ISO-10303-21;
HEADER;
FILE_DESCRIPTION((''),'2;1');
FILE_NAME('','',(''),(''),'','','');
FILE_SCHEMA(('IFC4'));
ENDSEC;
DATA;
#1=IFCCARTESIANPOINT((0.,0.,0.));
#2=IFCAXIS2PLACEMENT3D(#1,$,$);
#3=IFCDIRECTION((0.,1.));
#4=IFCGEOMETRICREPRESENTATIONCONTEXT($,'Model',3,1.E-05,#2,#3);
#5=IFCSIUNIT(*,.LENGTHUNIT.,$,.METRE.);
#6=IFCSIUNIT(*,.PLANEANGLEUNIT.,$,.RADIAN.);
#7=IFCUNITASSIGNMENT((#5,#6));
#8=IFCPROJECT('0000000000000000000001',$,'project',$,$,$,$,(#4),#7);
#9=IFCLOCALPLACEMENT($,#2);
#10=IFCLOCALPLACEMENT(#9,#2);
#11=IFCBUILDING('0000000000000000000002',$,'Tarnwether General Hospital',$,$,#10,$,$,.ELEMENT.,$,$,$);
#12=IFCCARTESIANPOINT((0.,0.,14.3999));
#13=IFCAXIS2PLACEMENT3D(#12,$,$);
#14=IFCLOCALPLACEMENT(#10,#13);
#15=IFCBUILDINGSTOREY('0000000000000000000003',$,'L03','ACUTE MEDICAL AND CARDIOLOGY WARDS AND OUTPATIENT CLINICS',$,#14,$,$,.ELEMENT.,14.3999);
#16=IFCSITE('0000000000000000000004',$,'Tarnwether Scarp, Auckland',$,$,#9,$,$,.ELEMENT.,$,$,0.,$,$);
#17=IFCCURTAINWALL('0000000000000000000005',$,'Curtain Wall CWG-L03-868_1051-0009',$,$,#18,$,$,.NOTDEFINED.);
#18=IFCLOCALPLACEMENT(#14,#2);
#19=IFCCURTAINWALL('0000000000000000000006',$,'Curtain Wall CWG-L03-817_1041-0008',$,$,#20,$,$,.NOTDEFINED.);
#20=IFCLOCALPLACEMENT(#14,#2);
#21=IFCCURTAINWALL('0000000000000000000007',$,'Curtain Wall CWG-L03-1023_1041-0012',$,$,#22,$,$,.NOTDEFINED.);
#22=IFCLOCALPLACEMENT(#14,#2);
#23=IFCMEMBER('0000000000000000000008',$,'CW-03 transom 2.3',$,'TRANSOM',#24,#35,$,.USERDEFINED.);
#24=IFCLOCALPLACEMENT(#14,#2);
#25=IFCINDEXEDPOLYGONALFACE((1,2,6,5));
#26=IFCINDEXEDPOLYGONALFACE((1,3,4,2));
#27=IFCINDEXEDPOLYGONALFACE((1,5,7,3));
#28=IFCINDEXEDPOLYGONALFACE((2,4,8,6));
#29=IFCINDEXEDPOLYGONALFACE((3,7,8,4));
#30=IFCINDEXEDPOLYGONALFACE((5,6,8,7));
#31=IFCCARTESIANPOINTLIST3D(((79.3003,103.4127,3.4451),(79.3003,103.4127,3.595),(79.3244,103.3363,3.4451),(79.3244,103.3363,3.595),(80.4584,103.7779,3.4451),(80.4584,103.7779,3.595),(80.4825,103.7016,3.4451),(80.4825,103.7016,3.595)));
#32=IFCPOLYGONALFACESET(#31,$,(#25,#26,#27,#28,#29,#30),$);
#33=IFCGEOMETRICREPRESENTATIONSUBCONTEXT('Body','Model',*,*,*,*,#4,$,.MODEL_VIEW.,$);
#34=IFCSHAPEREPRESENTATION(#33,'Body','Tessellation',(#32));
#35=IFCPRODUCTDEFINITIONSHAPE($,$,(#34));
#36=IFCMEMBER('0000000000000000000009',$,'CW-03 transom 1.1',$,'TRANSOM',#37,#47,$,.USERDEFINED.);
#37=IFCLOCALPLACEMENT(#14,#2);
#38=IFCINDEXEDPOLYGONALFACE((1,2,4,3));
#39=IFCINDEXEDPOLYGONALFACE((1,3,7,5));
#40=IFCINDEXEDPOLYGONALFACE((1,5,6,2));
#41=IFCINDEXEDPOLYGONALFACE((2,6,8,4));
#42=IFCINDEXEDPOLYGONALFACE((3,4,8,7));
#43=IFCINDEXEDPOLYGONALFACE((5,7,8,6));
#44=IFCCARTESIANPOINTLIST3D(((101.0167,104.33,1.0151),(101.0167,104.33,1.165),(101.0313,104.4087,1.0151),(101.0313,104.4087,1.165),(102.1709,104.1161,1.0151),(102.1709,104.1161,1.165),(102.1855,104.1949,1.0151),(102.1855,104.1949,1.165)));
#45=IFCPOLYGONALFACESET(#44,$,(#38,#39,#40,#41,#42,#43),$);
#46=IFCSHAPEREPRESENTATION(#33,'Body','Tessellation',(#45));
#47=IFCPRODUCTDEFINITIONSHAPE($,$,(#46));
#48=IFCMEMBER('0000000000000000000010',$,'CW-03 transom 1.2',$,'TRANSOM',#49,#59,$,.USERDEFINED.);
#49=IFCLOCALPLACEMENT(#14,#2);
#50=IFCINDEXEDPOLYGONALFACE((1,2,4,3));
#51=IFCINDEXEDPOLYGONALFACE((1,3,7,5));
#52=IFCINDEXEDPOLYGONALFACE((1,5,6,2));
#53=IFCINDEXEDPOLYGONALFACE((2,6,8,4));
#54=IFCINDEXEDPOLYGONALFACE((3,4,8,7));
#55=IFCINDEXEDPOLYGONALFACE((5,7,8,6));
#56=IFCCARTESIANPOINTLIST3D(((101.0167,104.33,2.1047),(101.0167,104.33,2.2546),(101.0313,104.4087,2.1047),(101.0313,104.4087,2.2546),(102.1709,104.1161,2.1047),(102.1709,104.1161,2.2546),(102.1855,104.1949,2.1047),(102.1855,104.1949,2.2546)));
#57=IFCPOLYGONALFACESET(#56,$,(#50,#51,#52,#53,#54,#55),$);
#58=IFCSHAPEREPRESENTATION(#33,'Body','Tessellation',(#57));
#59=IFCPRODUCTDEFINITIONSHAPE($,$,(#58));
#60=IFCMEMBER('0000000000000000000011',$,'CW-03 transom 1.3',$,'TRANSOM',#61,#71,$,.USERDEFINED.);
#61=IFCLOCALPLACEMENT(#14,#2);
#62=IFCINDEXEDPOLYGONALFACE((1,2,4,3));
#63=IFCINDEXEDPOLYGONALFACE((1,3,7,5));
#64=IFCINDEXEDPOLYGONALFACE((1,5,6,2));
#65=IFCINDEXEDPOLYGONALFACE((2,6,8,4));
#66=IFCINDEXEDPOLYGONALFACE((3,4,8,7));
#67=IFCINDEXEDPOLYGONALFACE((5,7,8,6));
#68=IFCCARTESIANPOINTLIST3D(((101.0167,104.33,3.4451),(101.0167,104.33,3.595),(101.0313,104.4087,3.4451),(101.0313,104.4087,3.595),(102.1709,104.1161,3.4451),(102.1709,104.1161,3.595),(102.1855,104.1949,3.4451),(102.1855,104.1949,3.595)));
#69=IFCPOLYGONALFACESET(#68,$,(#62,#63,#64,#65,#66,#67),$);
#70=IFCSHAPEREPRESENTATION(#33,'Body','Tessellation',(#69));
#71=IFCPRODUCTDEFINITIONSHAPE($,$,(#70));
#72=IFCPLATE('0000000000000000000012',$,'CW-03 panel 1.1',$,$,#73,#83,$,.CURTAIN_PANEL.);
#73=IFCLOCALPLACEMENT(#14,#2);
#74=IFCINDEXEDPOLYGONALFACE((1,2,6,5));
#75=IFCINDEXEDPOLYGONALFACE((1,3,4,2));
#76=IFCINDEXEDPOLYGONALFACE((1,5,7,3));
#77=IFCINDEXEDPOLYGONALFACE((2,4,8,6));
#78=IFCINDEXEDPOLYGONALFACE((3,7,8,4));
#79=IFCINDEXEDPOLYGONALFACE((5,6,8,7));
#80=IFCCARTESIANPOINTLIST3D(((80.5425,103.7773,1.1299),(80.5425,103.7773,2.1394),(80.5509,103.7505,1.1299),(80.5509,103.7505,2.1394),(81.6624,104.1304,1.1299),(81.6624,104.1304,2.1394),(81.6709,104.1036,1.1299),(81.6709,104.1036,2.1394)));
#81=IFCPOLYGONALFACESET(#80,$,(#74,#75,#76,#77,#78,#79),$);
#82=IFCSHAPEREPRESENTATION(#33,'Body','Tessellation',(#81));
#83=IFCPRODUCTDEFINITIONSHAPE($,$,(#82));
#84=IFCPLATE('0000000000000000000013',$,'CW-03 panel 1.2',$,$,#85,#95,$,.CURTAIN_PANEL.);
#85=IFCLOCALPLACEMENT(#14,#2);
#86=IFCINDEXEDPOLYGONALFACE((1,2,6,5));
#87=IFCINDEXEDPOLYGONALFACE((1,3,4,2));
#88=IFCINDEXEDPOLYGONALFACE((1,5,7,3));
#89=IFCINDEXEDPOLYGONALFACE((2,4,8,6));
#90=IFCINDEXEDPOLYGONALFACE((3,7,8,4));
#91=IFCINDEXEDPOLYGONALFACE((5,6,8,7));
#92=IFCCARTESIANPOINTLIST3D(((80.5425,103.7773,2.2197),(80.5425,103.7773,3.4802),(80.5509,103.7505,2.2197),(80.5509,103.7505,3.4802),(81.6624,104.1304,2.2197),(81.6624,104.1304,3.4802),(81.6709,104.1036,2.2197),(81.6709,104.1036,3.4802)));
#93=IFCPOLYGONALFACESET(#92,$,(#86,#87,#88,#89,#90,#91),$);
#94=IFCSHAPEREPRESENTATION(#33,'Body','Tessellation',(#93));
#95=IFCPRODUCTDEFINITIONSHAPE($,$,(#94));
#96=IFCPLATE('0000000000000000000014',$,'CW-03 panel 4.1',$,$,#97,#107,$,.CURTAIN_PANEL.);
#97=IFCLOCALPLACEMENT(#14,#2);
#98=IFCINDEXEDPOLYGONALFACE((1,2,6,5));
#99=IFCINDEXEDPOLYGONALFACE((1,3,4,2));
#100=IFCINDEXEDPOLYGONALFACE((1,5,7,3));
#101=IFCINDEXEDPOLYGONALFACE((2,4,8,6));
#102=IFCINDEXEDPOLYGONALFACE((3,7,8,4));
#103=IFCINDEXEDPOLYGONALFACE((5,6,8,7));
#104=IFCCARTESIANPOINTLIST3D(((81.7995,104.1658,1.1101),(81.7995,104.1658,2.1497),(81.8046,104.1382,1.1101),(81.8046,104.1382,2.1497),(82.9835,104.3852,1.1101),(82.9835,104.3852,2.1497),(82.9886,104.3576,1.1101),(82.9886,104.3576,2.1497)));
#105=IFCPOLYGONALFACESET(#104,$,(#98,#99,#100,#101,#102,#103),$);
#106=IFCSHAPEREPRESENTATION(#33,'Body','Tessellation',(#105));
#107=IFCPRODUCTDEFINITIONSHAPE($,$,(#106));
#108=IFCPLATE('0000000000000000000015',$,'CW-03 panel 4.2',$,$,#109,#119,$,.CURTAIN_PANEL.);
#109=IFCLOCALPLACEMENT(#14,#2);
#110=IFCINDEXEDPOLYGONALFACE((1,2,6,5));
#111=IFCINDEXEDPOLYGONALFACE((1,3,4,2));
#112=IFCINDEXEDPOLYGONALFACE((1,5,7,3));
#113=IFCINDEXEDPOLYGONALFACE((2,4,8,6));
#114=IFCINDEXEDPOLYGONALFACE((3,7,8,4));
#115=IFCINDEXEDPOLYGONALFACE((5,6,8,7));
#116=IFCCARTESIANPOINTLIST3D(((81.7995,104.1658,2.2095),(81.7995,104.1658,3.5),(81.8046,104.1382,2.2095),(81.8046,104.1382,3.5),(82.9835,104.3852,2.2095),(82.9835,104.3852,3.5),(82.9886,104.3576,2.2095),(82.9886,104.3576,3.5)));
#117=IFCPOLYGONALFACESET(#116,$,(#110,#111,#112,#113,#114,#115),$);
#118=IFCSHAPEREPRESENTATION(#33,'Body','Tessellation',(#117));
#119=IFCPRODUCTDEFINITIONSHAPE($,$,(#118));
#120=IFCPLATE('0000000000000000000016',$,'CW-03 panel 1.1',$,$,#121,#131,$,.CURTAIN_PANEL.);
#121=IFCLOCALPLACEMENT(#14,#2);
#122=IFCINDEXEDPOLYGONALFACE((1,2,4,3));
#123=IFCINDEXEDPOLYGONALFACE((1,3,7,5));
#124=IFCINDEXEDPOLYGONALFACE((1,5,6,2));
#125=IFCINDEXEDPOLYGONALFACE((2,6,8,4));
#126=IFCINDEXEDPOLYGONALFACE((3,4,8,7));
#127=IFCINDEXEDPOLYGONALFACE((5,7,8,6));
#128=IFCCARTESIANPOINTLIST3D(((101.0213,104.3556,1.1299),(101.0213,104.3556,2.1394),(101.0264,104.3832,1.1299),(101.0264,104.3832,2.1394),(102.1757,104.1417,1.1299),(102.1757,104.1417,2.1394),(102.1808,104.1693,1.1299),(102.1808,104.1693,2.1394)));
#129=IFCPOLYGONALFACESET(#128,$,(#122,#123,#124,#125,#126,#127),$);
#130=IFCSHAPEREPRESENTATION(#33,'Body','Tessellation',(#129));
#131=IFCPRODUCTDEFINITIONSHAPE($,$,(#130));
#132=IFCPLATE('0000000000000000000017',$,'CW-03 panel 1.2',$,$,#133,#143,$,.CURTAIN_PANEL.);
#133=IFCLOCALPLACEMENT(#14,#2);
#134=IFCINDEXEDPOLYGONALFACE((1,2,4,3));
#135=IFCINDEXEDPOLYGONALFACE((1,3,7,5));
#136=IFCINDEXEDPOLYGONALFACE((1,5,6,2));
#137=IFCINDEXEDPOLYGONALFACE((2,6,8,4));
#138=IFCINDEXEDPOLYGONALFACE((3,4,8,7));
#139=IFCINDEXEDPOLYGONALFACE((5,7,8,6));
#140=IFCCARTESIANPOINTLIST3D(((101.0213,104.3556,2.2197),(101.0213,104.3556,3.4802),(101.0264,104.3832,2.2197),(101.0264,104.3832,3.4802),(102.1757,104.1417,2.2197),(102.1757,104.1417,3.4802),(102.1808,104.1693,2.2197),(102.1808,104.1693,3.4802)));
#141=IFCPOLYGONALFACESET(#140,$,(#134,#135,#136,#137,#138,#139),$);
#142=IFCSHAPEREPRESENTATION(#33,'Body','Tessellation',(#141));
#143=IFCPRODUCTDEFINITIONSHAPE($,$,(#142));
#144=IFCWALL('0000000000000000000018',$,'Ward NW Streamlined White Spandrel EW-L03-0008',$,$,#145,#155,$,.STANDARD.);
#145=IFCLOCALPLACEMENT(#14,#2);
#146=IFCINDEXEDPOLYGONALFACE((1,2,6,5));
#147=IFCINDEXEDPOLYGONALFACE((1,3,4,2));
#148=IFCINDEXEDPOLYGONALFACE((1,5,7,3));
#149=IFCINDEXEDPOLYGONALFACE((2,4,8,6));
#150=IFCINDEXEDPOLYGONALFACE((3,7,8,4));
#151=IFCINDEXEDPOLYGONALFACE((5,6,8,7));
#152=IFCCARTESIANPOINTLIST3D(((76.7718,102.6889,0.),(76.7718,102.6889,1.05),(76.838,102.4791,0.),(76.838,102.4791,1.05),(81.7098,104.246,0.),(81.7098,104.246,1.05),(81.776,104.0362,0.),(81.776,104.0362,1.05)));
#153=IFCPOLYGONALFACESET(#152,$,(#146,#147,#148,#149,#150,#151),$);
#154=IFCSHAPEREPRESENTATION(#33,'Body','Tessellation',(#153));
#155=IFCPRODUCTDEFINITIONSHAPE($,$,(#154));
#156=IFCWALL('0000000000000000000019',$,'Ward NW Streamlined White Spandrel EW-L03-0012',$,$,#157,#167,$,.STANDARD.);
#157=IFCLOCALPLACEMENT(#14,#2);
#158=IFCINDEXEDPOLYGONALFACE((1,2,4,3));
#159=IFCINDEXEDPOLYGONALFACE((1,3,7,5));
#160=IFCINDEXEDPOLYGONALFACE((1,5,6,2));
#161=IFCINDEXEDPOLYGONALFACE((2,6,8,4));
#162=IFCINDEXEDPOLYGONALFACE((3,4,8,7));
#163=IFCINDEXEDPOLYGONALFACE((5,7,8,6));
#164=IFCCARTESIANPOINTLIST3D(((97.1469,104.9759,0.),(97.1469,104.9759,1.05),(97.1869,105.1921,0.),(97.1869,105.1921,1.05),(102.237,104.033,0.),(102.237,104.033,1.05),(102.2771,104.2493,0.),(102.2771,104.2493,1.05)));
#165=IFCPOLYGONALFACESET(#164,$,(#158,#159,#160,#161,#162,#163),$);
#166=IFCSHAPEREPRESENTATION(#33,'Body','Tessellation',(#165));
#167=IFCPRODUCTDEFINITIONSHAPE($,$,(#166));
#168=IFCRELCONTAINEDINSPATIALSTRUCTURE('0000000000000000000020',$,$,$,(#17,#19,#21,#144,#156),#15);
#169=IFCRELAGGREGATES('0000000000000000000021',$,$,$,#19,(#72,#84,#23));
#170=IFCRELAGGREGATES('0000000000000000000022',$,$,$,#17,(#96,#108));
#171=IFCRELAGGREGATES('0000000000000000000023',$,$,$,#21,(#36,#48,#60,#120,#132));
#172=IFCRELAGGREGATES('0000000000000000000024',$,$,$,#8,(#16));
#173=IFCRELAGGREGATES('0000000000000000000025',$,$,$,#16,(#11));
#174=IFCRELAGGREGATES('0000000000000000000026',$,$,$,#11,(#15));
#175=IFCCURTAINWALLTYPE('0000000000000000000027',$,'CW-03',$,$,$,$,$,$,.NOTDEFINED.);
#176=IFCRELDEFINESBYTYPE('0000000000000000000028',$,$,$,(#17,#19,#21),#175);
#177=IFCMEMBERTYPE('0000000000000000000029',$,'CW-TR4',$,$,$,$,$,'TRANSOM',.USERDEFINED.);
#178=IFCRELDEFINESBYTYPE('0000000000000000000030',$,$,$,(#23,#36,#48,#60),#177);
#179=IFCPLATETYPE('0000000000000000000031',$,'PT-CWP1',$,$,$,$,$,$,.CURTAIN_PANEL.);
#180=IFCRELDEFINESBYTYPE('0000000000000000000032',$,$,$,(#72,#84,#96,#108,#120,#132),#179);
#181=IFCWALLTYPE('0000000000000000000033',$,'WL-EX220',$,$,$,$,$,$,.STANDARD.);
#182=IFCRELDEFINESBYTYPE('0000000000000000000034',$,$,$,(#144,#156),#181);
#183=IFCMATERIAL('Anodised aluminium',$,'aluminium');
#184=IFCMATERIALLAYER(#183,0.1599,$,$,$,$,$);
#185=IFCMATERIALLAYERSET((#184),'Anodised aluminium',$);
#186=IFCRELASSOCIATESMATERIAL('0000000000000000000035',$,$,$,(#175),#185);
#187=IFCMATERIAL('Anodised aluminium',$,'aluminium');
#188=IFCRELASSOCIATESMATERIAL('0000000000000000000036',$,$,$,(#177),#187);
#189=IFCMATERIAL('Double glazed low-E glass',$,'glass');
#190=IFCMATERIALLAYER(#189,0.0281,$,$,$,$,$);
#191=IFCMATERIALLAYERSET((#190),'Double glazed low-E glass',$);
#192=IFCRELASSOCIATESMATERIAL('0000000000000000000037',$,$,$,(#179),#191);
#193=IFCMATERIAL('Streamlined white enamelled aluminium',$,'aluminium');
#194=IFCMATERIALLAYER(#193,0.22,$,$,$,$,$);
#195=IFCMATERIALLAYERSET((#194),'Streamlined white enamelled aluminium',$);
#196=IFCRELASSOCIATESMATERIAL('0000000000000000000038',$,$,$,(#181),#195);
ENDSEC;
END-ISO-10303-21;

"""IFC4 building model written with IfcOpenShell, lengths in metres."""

from ifc_helpers import new_model, si_unit, direction, frame, frame_2d, origin, origin_2d, place, context, subcontext, project, spatial, rectangle, extrude, material, layer, layer_set, material_profile, profile_set, type_object, element, aggregate, save


model = new_model("IFC4")

# Units and contexts
model_context = context("Model", 3, precision=1e-05, world=origin(), true_north=direction((0.0, 1.0)))
body_context = subcontext(model_context, "Body", "Model", "MODEL_VIEW")
ifc_project = project(units=[si_unit("LENGTHUNIT", "METRE"), si_unit("PLANEANGLEUNIT", "RADIAN")], contexts=[model_context])

# Site, building, storey
site_placement = place(None, origin())
site = spatial("IfcSite", under=ifc_project, at=site_placement, Name="Tarnwether Scarp, Auckland", CompositionType="ELEMENT", RefElevation=0.0)
building_placement = place(site_placement, origin())
building = spatial("IfcBuilding", under=site, at=building_placement, Name="Tarnwether General Hospital", CompositionType="ELEMENT")
storey_placement = place(building_placement, frame((0.0, 0.0, 14.3999)))
storey = spatial("IfcBuildingStorey", under=building, at=storey_placement, Name="L03", Description="ACUTE MEDICAL AND CARDIOLOGY WARDS AND OUTPATIENT CLINICS", CompositionType="ELEMENT", Elevation=14.3999)

# Curtain walls
ifc_material_1 = material(Name="Anodised aluminium", Category="aluminium")
ifc_layer_1 = layer(ifc_material_1, 0.1599)
ifc_layer_set_1 = layer_set([ifc_layer_1], Name="Anodised aluminium")
curtain_wall_type = type_object("IfcCurtainWallType", Name="CW-03", PredefinedType="NOTDEFINED", material=ifc_layer_set_1)
curtain_wall_1_placement = place(storey_placement, origin())
curtain_wall_1 = element("IfcCurtainWall", 1, at=curtain_wall_1_placement, inside=storey, type_object=curtain_wall_type, Name="Curtain Wall CWG-L03-868_1051-0009", PredefinedType="NOTDEFINED")
curtain_wall_2_placement = place(storey_placement, origin())
curtain_wall_2 = element("IfcCurtainWall", 2, at=curtain_wall_2_placement, inside=storey, type_object=curtain_wall_type, Name="Curtain Wall CWG-L03-817_1041-0008", PredefinedType="NOTDEFINED")
curtain_wall_3_placement = place(storey_placement, origin())
curtain_wall_3 = element("IfcCurtainWall", 3, at=curtain_wall_3_placement, inside=storey, type_object=curtain_wall_type, Name="Curtain Wall CWG-L03-1023_1041-0012", PredefinedType="NOTDEFINED")

# Members
ifc_material_2 = material(Name="Anodised aluminium", Category="aluminium")
ifc_material_profile_1 = material_profile(ifc_material_2, rectangle(XDim=0.0801, YDim=0.1499, at=origin_2d()), Name="ALU-TRN-80x150")
ifc_profile_set_1 = profile_set([ifc_material_profile_1], Name="Anodised aluminium")
member_type_1 = type_object("IfcMemberType", Name="CW-TR4", ElementType="TRANSOM", PredefinedType="USERDEFINED", material=ifc_profile_set_1)
member_1_placement = place(storey_placement, frame((80.4705, 103.7397, 3.52), z_axis=(-0.953704, -0.300746, 0.0), x_axis=(0.300746, -0.953704, 0.0)))
member_1 = element("IfcMember", 4, at=member_1_placement, type_object=member_type_1, Name="CW-03 transom 2.3", ObjectType="TRANSOM", PredefinedType="USERDEFINED", context=body_context, shape_type="SweptSolid", body=[
    extrude(rectangle(XDim=0.0801, YDim=0.1499, at=origin_2d()), origin(), (0.0, 0.0, 1.0), 1.2144),
])
member_2_placement = place(storey_placement, frame((102.1782, 104.1555, 1.0901), z_axis=(-0.983265, 0.182179, 0.0), x_axis=(-0.182179, -0.983265, 0.0)))
member_2 = element("IfcMember", 5, at=member_2_placement, type_object=member_type_1, Name="CW-03 transom 1.1", ObjectType="TRANSOM", PredefinedType="USERDEFINED", context=body_context, shape_type="SweptSolid", body=[
    extrude(rectangle(XDim=0.0801, YDim=0.1499, at=origin_2d()), origin(), (0.0, 0.0, 1.0), 1.1738),
])
member_3_placement = place(storey_placement, frame((102.1782, 104.1555, 2.1797), z_axis=(-0.983265, 0.182179, 0.0), x_axis=(-0.182179, -0.983265, 0.0)))
member_3 = element("IfcMember", 6, at=member_3_placement, type_object=member_type_1, Name="CW-03 transom 1.2", ObjectType="TRANSOM", PredefinedType="USERDEFINED", context=body_context, shape_type="SweptSolid", body=[
    extrude(rectangle(XDim=0.0801, YDim=0.1499, at=origin_2d()), origin(), (0.0, 0.0, 1.0), 1.1738),
])
member_4_placement = place(storey_placement, frame((102.1782, 104.1555, 3.52), z_axis=(-0.983265, 0.182179, 0.0), x_axis=(-0.182179, -0.983265, 0.0)))
member_4 = element("IfcMember", 7, at=member_4_placement, type_object=member_type_1, Name="CW-03 transom 1.3", ObjectType="TRANSOM", PredefinedType="USERDEFINED", context=body_context, shape_type="SweptSolid", body=[
    extrude(rectangle(XDim=0.0801, YDim=0.1499, at=origin_2d()), origin(), (0.0, 0.0, 1.0), 1.1738),
])

# Plates
ifc_material_3 = material(Name="Double glazed low-E glass", Category="glass")
ifc_layer_2 = layer(ifc_material_3, 0.0281)
ifc_layer_set_2 = layer_set([ifc_layer_2], Name="Double glazed low-E glass")
plate_type = type_object("IfcPlateType", Name="PT-CWP1", PredefinedType="CURTAIN_PANEL", material=ifc_layer_set_2)
plate_1_placement = place(storey_placement, frame((81.1067, 103.9404, 1.1299), z_axis=(0.0, 0.0, 1.0), x_axis=(-0.953714, -0.300715, 0.0)))
plate_1 = element("IfcPlate", 8, at=plate_1_placement, type_object=plate_type, Name="CW-03 panel 1.1", PredefinedType="CURTAIN_PANEL", context=body_context, shape_type="SweptSolid", body=[
    extrude(rectangle(XDim=1.1743, YDim=0.0281, at=origin_2d()), origin(), (0.0, 0.0, 1.0), 1.0095),
])
plate_2_placement = place(storey_placement, frame((81.1067, 103.9404, 2.2197), z_axis=(0.0, 0.0, 1.0), x_axis=(-0.953714, -0.300715, 0.0)))
plate_2 = element("IfcPlate", 9, at=plate_2_placement, type_object=plate_type, Name="CW-03 panel 1.2", PredefinedType="CURTAIN_PANEL", context=body_context, shape_type="SweptSolid", body=[
    extrude(rectangle(XDim=1.1743, YDim=0.0281, at=origin_2d()), origin(), (0.0, 0.0, 1.0), 1.2605),
])
aggregate(curtain_wall_2, [plate_1, plate_2, member_1])
plate_3_placement = place(storey_placement, frame((82.394, 104.2617, 1.1101), z_axis=(0.0, 0.0, 1.0), x_axis=(-0.983268, -0.182165, 0.0)))
plate_3 = element("IfcPlate", 10, at=plate_3_placement, type_object=plate_type, Name="CW-03 panel 4.1", PredefinedType="CURTAIN_PANEL", context=body_context, shape_type="SweptSolid", body=[
    extrude(rectangle(XDim=1.2041, YDim=0.0281, at=origin_2d()), origin(), (0.0, 0.0, 1.0), 1.0396),
])
plate_4_placement = place(storey_placement, frame((82.394, 104.2617, 2.2095), z_axis=(0.0, 0.0, 1.0), x_axis=(-0.983268, -0.182165, 0.0)))
plate_4 = element("IfcPlate", 11, at=plate_4_placement, type_object=plate_type, Name="CW-03 panel 4.2", PredefinedType="CURTAIN_PANEL", context=body_context, shape_type="SweptSolid", body=[
    extrude(rectangle(XDim=1.2041, YDim=0.0281, at=origin_2d()), origin(), (0.0, 0.0, 1.0), 1.2905),
])
aggregate(curtain_wall_1, [plate_3, plate_4])
plate_5_placement = place(storey_placement, frame((101.6011, 104.2625, 1.1299), z_axis=(0.0, 0.0, 1.0), x_axis=(-0.983268, 0.182165, 0.0)))
plate_5 = element("IfcPlate", 12, at=plate_5_placement, type_object=plate_type, Name="CW-03 panel 1.1", PredefinedType="CURTAIN_PANEL", context=body_context, shape_type="SweptSolid", body=[
    extrude(rectangle(XDim=1.1741, YDim=0.0281, at=origin_2d()), origin(), (0.0, 0.0, 1.0), 1.0095),
])
plate_6_placement = place(storey_placement, frame((101.6011, 104.2625, 2.2197), z_axis=(0.0, 0.0, 1.0), x_axis=(-0.983268, 0.182165, 0.0)))
plate_6 = element("IfcPlate", 13, at=plate_6_placement, type_object=plate_type, Name="CW-03 panel 1.2", PredefinedType="CURTAIN_PANEL", context=body_context, shape_type="SweptSolid", body=[
    extrude(rectangle(XDim=1.1741, YDim=0.0281, at=origin_2d()), origin(), (0.0, 0.0, 1.0), 1.2605),
])
aggregate(curtain_wall_3, [member_2, member_3, member_4, plate_5, plate_6])

# Walls
ifc_material_4 = material(Name="Streamlined white enamelled aluminium", Category="aluminium")
ifc_layer_3 = layer(ifc_material_4, 0.22)
ifc_layer_set_3 = layer_set([ifc_layer_3], Name="Streamlined white enamelled aluminium")
wall_type = type_object("IfcWallType", Name="WL-EX220", PredefinedType="STANDARD", material=ifc_layer_set_3)
wall_1_placement = place(storey_placement, frame((81.7429, 104.1411, 0.0), z_axis=(0.0, 0.0, 1.0), x_axis=(-0.953707, -0.300739, 0.0)))
element("IfcWall", 14, at=wall_1_placement, inside=storey, type_object=wall_type, Name="Ward NW Streamlined White Spandrel EW-L03-0008", PredefinedType="STANDARD", context=body_context, shape_type="SweptSolid", body=[
    extrude(rectangle(XDim=5.1777, YDim=0.22, at=frame_2d((2.5889, 0.0))), origin(), (0.0, 0.0, 1.0), 1.05),
])
wall_2_placement = place(storey_placement, frame((102.2571, 104.1411, 0.0), z_axis=(0.0, 0.0, 1.0), x_axis=(-0.983273, 0.182138, 0.0)))
element("IfcWall", 15, at=wall_2_placement, inside=storey, type_object=wall_type, Name="Ward NW Streamlined White Spandrel EW-L03-0012", PredefinedType="STANDARD", context=body_context, shape_type="SweptSolid", body=[
    extrude(rectangle(XDim=5.1768, YDim=0.22, at=frame_2d((2.5884, 0.0))), origin(), (0.0, 0.0, 1.0), 1.05),
])

save(model, "model.ifc")
